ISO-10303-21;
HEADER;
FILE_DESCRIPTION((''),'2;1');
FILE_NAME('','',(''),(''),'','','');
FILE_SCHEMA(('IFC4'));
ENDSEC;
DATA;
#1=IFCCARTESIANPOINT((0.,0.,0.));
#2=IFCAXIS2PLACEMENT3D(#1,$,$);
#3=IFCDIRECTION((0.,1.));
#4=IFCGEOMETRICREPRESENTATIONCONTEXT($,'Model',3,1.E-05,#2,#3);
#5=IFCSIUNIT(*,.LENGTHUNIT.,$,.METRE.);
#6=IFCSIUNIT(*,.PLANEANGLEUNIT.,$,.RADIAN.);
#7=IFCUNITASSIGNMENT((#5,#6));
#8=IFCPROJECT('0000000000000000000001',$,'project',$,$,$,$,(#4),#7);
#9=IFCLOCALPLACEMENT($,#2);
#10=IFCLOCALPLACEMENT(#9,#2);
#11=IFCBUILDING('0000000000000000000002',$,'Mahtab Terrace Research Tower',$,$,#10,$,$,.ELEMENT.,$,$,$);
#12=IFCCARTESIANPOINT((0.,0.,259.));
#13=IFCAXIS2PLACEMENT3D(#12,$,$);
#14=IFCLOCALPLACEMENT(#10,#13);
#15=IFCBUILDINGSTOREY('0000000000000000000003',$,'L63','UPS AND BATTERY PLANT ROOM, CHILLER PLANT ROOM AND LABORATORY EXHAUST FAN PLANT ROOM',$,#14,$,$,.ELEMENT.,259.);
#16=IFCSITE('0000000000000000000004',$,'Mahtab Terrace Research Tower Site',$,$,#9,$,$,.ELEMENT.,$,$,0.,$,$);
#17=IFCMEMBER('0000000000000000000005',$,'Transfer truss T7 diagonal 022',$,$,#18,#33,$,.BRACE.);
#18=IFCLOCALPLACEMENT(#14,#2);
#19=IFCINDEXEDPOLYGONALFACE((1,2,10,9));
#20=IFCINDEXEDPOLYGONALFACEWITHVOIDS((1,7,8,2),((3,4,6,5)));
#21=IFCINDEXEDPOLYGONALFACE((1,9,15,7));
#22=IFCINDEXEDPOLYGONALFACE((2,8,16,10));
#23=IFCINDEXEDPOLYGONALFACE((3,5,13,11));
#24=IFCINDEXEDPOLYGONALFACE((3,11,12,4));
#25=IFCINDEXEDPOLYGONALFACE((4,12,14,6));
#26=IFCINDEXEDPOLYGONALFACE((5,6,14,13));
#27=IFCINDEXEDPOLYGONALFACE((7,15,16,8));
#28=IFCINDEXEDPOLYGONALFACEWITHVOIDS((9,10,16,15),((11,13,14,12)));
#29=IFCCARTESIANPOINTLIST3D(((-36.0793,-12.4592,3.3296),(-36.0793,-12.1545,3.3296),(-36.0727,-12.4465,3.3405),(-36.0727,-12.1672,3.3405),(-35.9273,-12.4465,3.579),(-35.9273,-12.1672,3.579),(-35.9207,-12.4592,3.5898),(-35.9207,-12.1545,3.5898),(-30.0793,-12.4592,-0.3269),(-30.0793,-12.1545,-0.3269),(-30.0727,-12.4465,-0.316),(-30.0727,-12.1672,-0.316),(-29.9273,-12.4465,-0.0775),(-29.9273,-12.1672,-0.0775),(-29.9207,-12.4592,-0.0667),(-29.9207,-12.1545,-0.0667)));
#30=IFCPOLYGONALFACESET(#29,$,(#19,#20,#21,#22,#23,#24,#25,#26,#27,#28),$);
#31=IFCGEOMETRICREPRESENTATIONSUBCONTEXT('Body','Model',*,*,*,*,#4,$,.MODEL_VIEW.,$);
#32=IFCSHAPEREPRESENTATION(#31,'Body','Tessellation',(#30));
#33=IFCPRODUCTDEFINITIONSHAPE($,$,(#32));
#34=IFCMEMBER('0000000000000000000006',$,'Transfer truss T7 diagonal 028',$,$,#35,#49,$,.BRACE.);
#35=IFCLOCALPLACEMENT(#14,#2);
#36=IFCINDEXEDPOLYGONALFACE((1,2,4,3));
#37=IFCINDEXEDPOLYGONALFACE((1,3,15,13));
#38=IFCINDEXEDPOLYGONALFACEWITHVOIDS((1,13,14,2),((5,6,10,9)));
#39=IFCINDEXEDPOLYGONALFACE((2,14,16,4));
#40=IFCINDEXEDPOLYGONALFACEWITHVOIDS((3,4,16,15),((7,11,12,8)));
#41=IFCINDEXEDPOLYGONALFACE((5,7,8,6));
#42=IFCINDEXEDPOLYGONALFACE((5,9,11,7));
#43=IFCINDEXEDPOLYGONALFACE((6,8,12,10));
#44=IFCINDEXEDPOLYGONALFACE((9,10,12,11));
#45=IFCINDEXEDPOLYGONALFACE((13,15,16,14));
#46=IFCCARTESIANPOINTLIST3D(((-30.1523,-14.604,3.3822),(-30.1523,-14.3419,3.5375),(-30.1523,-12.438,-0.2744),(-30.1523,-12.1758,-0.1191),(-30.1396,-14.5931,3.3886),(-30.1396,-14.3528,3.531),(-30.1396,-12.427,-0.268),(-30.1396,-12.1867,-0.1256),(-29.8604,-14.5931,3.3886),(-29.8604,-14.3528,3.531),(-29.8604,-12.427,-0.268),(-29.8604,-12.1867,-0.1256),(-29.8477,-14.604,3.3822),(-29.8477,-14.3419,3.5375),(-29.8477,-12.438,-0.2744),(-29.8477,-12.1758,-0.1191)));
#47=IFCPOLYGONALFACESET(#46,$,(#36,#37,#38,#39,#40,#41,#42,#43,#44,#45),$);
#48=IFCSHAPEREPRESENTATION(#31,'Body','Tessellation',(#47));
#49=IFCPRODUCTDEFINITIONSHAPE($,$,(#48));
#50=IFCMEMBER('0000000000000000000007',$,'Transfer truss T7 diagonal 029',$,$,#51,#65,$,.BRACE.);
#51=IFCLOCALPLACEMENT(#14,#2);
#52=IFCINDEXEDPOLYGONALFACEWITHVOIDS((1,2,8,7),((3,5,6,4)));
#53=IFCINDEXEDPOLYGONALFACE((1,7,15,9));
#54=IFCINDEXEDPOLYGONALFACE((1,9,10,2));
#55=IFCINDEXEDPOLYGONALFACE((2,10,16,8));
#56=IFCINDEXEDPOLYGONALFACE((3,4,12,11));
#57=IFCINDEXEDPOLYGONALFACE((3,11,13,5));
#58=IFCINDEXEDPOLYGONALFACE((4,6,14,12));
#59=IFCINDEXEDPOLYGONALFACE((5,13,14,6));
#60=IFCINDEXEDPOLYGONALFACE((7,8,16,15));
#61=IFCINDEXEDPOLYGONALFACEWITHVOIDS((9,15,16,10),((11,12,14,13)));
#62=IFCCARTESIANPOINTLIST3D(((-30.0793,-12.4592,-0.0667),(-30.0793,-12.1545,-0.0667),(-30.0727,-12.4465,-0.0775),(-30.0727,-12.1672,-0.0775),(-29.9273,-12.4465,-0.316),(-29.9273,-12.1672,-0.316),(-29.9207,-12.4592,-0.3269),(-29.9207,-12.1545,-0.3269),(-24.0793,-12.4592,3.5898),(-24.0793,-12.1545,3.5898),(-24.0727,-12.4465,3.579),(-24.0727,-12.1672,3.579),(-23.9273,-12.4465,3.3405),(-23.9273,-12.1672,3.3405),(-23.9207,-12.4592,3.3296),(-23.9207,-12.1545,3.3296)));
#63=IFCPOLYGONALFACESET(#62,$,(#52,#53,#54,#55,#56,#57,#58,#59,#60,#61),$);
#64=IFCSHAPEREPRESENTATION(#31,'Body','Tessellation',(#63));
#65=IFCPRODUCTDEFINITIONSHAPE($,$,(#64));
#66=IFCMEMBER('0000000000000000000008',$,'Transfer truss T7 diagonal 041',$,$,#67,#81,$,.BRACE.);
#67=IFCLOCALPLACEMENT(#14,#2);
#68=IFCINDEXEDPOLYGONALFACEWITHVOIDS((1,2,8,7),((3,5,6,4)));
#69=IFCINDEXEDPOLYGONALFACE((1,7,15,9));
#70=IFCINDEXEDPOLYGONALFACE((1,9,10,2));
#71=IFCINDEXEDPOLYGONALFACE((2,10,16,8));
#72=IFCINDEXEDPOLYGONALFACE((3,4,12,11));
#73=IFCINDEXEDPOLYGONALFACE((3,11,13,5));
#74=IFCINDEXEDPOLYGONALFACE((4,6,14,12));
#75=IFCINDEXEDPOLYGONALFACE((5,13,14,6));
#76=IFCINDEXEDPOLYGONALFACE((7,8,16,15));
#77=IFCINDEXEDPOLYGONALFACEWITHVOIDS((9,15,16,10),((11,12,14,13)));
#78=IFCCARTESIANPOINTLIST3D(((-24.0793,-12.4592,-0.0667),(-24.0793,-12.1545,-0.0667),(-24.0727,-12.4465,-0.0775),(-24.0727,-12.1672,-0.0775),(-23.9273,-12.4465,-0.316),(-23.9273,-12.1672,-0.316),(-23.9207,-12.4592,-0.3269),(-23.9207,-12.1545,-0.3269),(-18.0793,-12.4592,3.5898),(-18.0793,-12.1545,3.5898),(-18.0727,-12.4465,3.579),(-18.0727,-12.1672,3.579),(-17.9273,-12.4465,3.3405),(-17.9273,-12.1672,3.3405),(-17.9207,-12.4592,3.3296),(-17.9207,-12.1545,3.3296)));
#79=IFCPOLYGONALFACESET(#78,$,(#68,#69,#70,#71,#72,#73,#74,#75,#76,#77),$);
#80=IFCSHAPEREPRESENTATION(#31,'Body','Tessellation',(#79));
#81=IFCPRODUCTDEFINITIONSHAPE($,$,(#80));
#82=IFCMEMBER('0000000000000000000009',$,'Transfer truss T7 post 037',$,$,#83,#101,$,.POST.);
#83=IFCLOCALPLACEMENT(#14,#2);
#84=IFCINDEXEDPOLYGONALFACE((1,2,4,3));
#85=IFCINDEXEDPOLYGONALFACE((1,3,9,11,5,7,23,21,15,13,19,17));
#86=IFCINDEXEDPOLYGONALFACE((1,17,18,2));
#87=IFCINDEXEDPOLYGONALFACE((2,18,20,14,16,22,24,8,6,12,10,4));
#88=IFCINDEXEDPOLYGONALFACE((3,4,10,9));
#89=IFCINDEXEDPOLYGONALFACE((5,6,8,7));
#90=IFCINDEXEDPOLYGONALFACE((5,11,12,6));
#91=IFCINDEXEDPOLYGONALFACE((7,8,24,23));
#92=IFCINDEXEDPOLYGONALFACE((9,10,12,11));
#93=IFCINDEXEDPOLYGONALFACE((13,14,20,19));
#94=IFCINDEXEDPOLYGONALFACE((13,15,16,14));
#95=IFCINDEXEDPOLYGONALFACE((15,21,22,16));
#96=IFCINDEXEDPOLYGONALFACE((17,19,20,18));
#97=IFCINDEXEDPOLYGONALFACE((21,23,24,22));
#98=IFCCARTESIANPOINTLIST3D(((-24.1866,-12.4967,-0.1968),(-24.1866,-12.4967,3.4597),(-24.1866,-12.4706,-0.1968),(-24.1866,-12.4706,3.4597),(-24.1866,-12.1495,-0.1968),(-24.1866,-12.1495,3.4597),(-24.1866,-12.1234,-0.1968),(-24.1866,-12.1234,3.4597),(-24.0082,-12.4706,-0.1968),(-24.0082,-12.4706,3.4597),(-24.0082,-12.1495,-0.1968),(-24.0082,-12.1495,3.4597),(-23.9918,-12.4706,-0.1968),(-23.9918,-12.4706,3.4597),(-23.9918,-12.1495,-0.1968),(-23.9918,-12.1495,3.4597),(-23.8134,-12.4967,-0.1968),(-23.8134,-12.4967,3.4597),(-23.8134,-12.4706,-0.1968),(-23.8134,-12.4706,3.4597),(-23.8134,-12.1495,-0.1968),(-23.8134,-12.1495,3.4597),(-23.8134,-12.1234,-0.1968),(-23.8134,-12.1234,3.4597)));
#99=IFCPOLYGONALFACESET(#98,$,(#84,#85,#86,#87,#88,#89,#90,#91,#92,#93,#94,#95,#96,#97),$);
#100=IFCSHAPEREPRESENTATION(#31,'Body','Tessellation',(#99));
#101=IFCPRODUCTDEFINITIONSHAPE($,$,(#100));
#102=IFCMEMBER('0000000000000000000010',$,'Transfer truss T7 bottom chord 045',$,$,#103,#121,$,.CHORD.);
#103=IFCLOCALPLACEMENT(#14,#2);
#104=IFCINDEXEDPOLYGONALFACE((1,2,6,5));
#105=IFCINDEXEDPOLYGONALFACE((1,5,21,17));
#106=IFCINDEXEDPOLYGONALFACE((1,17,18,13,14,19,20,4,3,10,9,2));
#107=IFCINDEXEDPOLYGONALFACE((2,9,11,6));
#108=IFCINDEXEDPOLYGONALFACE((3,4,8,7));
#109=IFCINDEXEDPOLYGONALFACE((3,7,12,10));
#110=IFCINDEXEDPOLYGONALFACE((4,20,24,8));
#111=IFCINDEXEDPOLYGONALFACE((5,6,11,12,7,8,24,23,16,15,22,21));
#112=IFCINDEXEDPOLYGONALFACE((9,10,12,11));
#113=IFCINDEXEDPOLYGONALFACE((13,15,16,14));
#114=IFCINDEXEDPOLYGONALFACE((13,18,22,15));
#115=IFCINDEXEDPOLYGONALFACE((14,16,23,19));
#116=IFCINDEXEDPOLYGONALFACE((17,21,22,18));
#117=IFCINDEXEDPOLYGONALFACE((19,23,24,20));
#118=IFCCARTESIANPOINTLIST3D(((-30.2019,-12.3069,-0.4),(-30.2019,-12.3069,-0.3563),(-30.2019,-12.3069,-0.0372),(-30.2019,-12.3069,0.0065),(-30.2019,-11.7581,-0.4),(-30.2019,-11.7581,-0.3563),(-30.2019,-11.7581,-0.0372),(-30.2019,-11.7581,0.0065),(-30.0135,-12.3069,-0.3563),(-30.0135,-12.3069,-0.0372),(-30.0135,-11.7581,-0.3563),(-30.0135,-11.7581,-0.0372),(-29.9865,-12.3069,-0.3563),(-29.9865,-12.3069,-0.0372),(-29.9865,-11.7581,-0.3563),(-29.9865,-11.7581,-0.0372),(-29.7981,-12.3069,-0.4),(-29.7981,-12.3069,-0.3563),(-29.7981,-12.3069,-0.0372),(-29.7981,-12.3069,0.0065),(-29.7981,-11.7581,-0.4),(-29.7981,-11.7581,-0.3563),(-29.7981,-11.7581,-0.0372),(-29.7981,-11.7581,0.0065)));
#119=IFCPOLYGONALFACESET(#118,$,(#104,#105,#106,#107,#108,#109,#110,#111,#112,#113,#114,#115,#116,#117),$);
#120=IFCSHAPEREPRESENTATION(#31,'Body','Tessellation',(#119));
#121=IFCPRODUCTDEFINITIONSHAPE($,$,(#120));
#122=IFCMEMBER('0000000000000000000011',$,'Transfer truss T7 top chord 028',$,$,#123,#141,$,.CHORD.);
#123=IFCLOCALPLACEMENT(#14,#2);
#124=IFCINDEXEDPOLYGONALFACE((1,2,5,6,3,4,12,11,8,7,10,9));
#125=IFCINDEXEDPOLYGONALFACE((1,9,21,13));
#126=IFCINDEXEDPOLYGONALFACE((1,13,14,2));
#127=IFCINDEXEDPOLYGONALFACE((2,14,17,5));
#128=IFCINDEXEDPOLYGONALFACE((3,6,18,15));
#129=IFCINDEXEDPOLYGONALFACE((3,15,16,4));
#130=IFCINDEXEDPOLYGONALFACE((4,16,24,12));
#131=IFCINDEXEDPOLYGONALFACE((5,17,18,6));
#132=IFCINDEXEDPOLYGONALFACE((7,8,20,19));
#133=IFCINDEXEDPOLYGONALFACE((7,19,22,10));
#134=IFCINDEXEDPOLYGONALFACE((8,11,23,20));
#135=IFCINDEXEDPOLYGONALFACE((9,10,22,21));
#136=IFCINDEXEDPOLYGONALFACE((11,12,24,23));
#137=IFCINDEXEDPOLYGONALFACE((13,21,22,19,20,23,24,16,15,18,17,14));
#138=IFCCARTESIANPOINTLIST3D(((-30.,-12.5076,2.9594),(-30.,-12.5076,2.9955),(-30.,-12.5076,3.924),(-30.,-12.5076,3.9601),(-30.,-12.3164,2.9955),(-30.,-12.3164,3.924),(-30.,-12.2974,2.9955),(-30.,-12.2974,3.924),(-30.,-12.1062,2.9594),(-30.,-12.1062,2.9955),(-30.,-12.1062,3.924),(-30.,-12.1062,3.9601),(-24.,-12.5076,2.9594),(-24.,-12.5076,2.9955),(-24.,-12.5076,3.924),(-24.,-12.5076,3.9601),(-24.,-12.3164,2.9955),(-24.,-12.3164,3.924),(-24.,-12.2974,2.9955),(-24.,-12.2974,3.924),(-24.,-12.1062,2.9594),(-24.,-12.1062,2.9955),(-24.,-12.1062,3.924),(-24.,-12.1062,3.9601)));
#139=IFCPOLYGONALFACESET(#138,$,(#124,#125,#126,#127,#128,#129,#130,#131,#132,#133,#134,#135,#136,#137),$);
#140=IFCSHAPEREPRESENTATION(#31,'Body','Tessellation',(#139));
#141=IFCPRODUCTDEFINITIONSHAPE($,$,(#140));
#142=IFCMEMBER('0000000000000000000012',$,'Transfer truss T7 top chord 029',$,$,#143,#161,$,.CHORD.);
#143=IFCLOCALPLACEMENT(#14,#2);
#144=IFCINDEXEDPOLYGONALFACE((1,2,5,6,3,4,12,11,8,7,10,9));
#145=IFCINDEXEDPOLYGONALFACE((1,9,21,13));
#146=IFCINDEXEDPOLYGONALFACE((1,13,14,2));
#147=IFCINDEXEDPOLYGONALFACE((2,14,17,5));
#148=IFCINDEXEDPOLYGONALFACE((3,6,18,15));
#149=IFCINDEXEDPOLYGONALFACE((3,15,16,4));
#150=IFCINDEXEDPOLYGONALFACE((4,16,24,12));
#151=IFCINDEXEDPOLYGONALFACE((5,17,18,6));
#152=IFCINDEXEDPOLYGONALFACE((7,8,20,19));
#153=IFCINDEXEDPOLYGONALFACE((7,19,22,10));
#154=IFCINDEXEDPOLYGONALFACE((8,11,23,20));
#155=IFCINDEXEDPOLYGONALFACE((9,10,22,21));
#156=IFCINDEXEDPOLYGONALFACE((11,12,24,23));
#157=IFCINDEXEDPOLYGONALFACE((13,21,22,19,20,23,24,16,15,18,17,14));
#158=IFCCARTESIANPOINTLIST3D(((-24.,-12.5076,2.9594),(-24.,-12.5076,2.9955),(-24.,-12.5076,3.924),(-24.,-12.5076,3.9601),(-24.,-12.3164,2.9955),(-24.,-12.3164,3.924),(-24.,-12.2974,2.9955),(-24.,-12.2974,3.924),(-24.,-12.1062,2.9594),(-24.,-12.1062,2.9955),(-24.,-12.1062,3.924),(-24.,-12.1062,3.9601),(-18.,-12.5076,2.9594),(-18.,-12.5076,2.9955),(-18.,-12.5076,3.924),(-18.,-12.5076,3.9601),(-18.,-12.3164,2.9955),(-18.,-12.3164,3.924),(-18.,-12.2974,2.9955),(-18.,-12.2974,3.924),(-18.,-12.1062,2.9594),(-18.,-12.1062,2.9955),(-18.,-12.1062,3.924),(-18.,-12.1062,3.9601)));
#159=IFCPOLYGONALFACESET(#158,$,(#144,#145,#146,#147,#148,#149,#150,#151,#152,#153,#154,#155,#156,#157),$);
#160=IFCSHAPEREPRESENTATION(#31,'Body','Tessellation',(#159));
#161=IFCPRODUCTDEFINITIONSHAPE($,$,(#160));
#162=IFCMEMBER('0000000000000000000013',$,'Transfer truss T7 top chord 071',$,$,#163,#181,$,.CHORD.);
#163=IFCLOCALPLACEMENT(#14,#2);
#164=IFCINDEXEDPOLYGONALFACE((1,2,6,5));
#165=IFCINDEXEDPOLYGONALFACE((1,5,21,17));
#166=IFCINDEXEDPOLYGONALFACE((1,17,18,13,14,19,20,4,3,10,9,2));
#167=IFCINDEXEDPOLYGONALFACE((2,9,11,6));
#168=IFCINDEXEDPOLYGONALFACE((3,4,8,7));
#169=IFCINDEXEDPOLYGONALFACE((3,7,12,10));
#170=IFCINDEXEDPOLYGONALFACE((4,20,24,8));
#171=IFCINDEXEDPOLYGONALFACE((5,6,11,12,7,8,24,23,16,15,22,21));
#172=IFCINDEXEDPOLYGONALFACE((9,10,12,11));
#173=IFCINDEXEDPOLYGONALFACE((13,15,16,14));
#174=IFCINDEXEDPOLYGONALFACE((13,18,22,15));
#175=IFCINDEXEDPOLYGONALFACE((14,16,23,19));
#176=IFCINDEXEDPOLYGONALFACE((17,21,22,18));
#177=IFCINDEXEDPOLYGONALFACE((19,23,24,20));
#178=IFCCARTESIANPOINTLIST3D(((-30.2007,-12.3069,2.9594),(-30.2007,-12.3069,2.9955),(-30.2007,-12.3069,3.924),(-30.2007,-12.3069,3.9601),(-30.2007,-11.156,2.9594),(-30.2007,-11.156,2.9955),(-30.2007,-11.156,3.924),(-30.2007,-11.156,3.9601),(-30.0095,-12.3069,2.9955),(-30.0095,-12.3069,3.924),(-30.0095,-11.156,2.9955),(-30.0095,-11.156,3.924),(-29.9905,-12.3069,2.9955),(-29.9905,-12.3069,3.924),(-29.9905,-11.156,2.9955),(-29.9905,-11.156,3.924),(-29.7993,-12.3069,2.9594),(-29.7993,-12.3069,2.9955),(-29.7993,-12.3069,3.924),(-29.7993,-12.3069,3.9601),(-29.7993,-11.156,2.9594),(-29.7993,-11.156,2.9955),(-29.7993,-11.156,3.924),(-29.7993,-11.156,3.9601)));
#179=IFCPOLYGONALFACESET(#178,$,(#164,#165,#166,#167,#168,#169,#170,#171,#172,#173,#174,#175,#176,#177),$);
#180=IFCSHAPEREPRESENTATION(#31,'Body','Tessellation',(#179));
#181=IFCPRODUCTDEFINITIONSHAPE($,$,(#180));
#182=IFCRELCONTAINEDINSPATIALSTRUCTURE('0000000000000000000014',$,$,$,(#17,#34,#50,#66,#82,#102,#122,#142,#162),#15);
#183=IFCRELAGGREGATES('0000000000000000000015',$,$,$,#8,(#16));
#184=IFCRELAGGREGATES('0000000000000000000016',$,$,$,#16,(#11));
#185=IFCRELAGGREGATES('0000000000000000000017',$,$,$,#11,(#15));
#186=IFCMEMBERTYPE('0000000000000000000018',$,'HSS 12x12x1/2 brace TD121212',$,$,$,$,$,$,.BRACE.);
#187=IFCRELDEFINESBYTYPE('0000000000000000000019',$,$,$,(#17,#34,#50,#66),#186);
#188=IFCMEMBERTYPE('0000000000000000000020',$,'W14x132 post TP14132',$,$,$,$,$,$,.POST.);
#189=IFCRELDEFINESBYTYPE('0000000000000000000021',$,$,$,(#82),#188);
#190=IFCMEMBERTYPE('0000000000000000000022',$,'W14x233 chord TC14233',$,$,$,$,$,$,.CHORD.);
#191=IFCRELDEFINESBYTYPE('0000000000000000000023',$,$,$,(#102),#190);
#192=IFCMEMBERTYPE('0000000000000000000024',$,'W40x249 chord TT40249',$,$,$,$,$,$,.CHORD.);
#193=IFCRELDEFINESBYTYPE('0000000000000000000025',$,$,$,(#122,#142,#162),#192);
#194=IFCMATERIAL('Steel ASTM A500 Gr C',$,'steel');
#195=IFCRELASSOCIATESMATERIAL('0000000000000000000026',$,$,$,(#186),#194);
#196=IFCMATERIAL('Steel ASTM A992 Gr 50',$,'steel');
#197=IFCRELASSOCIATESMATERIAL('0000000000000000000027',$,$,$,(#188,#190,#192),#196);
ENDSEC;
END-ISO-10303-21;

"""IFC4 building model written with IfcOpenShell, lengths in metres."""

from ifc_helpers import new_model, si_unit, direction, frame, origin, origin_2d, place, context, subcontext, project, spatial, hollow_rectangle, i_section, extrude, material, material_profile, profile_set, type_object, element, save


model = new_model("IFC4")

# Units and contexts
model_context = context("Model", 3, precision=1e-05, world=origin(), true_north=direction((0.0, 1.0)))
body_context = subcontext(model_context, "Body", "Model", "MODEL_VIEW")
ifc_project = project(units=[si_unit("LENGTHUNIT", "METRE"), si_unit("PLANEANGLEUNIT", "RADIAN")], contexts=[model_context])

# Site, building, storey
site_placement = place(None, origin())
site = spatial("IfcSite", under=ifc_project, at=site_placement, Name="Mahtab Terrace Research Tower Site", CompositionType="ELEMENT", RefElevation=0.0)
building_placement = place(site_placement, origin())
building = spatial("IfcBuilding", under=site, at=building_placement, Name="Mahtab Terrace Research Tower", CompositionType="ELEMENT")
storey_placement = place(building_placement, frame((0.0, 0.0, 259.0)))
storey = spatial("IfcBuildingStorey", under=building, at=storey_placement, Name="L63", Description="UPS AND BATTERY PLANT ROOM, CHILLER PLANT ROOM AND LABORATORY EXHAUST FAN PLANT ROOM", CompositionType="ELEMENT", Elevation=259.0)

# Members
ifc_material_1 = material(Name="Steel ASTM A500 Gr C", Category="steel")
ifc_material_profile_1 = material_profile(ifc_material_1, hollow_rectangle(XDim=0.3047, YDim=0.3047, WallThickness=0.0127, at=origin_2d()), Name="HSS12X12X1/2")
ifc_profile_set_1 = profile_set([ifc_material_profile_1], Name="Steel ASTM A500 Gr C")
member_type_1 = type_object("IfcMemberType", Name="HSS 12x12x1/2 brace TD121212", PredefinedType="BRACE", material=ifc_profile_set_1)
member_1_placement = place(storey_placement, frame((-30.0, -12.3069, -0.1968), z_axis=(-0.853925, 0.0, 0.520396), x_axis=(0.0, -1.0, 0.0)))
element("IfcMember", 1, at=member_1_placement, inside=storey, type_object=member_type_1, Name="Transfer truss T7 diagonal 022", PredefinedType="BRACE", context=body_context, shape_type="SweptSolid", body=[
    extrude(hollow_rectangle(XDim=0.3047, YDim=0.3047, WallThickness=0.0127, at=origin_2d()), origin(), (0.0, 0.0, 1.0), 7.0264),
])
member_2_placement = place(storey_placement, frame((-30.0, -12.3069, -0.1968), z_axis=(0.0, -0.509664, 0.860374), x_axis=(1.0, 0.0, 0.0)))
element("IfcMember", 2, at=member_2_placement, inside=storey, type_object=member_type_1, Name="Transfer truss T7 diagonal 028", PredefinedType="BRACE", context=body_context, shape_type="SweptSolid", body=[
    extrude(hollow_rectangle(XDim=0.3047, YDim=0.3047, WallThickness=0.0127, at=origin_2d()), origin(), (0.0, 0.0, 1.0), 4.25),
])
for number, where, z_axis, x_axis, name in (
    (3, (-30.0, -12.3069, -0.1968), (0.853925, 0.0, 0.520396), (0.0, 1.0, 0.0), "Transfer truss T7 diagonal 029"),
    (4, (-24.0, -12.3069, -0.1968), (0.853925, 0.0, 0.520396), (0.0, 1.0, 0.0), "Transfer truss T7 diagonal 041"),
):
    element("IfcMember", number, at=place(storey_placement, frame(where, z_axis=z_axis, x_axis=x_axis)), inside=storey, type_object=member_type_1, Name=name, PredefinedType="BRACE", context=body_context, shape_type="SweptSolid", body=[
        extrude(hollow_rectangle(XDim=0.3047, YDim=0.3047, WallThickness=0.0127, at=origin_2d()), origin(), (0.0, 0.0, 1.0), 7.0264),
    ])
ifc_material_2 = material(Name="Steel ASTM A992 Gr 50", Category="steel")
ifc_material_profile_2 = material_profile(ifc_material_2, i_section(OverallWidth=0.3733, OverallDepth=0.3733, WebThickness=0.0164, FlangeThickness=0.0261, at=origin_2d()), Name="W14X132")
ifc_profile_set_2 = profile_set([ifc_material_profile_2], Name="Steel ASTM A992 Gr 50")
member_type_2 = type_object("IfcMemberType", Name="W14x132 post TP14132", PredefinedType="POST", material=ifc_profile_set_2)
member_3_placement = place(storey_placement, frame((-24.0, -12.3101, -0.1968), z_axis=(0.0, 0.0, 1.0), x_axis=(1.0, 0.0, 0.0)))
element("IfcMember", 5, at=member_3_placement, inside=storey, type_object=member_type_2, Name="Transfer truss T7 post 037", PredefinedType="POST", context=body_context, shape_type="SweptSolid", body=[
    extrude(i_section(OverallWidth=0.3733, OverallDepth=0.3733, WebThickness=0.0164, FlangeThickness=0.0261, at=origin_2d()), origin(), (0.0, 0.0, 1.0), 3.6565),
])
ifc_material_profile_3 = material_profile(ifc_material_2, i_section(OverallWidth=0.4038, OverallDepth=0.4065, WebThickness=0.0271, FlangeThickness=0.0437, at=origin_2d()), Name="W14X233")
ifc_profile_set_3 = profile_set([ifc_material_profile_3], Name="Steel ASTM A992 Gr 50")
member_type_3 = type_object("IfcMemberType", Name="W14x233 chord TC14233", PredefinedType="CHORD", material=ifc_profile_set_3)
member_4_placement = place(storey_placement, frame((-30.0, -12.3069, -0.1968), z_axis=(0.0, 1.0, 0.0), x_axis=(-1.0, 0.0, 0.0)))
element("IfcMember", 6, at=member_4_placement, inside=storey, type_object=member_type_3, Name="Transfer truss T7 bottom chord 045", PredefinedType="CHORD", context=body_context, shape_type="SweptSolid", body=[
    extrude(i_section(OverallWidth=0.4038, OverallDepth=0.4065, WebThickness=0.0271, FlangeThickness=0.0437, at=origin_2d()), origin(), (0.0, 0.0, 1.0), 0.5488),
])
ifc_material_profile_4 = material_profile(ifc_material_2, i_section(OverallWidth=0.4014, OverallDepth=1.0007, WebThickness=0.019, FlangeThickness=0.0361, at=origin_2d()), Name="W40X249")
ifc_profile_set_4 = profile_set([ifc_material_profile_4], Name="Steel ASTM A992 Gr 50")
member_type_4 = type_object("IfcMemberType", Name="W40x249 chord TT40249", PredefinedType="CHORD", material=ifc_profile_set_4)
for number, where, z_axis, x_axis, name in (
    (7, (-30.0, -12.3069, 3.4597), (1.0, 0.0, 0.0), (0.0, 1.0, 0.0), "Transfer truss T7 top chord 028"),
    (8, (-24.0, -12.3069, 3.4597), (1.0, 0.0, 0.0), (0.0, 1.0, 0.0), "Transfer truss T7 top chord 029"),
):
    element("IfcMember", number, at=place(storey_placement, frame(where, z_axis=z_axis, x_axis=x_axis)), inside=storey, type_object=member_type_4, Name=name, PredefinedType="CHORD", context=body_context, shape_type="SweptSolid", body=[
        extrude(i_section(OverallWidth=0.4014, OverallDepth=1.0007, WebThickness=0.019, FlangeThickness=0.0361, at=origin_2d()), origin(), (0.0, 0.0, 1.0), 6.0),
    ])
member_5_placement = place(storey_placement, frame((-30.0, -12.3069, 3.4597), z_axis=(0.0, 1.0, 0.0), x_axis=(-1.0, 0.0, 0.0)))
element("IfcMember", 9, at=member_5_placement, inside=storey, type_object=member_type_4, Name="Transfer truss T7 top chord 071", PredefinedType="CHORD", context=body_context, shape_type="SweptSolid", body=[
    extrude(i_section(OverallWidth=0.4014, OverallDepth=1.0007, WebThickness=0.019, FlangeThickness=0.0361, at=origin_2d()), origin(), (0.0, 0.0, 1.0), 1.1509),
])

save(model, "model.ifc")
